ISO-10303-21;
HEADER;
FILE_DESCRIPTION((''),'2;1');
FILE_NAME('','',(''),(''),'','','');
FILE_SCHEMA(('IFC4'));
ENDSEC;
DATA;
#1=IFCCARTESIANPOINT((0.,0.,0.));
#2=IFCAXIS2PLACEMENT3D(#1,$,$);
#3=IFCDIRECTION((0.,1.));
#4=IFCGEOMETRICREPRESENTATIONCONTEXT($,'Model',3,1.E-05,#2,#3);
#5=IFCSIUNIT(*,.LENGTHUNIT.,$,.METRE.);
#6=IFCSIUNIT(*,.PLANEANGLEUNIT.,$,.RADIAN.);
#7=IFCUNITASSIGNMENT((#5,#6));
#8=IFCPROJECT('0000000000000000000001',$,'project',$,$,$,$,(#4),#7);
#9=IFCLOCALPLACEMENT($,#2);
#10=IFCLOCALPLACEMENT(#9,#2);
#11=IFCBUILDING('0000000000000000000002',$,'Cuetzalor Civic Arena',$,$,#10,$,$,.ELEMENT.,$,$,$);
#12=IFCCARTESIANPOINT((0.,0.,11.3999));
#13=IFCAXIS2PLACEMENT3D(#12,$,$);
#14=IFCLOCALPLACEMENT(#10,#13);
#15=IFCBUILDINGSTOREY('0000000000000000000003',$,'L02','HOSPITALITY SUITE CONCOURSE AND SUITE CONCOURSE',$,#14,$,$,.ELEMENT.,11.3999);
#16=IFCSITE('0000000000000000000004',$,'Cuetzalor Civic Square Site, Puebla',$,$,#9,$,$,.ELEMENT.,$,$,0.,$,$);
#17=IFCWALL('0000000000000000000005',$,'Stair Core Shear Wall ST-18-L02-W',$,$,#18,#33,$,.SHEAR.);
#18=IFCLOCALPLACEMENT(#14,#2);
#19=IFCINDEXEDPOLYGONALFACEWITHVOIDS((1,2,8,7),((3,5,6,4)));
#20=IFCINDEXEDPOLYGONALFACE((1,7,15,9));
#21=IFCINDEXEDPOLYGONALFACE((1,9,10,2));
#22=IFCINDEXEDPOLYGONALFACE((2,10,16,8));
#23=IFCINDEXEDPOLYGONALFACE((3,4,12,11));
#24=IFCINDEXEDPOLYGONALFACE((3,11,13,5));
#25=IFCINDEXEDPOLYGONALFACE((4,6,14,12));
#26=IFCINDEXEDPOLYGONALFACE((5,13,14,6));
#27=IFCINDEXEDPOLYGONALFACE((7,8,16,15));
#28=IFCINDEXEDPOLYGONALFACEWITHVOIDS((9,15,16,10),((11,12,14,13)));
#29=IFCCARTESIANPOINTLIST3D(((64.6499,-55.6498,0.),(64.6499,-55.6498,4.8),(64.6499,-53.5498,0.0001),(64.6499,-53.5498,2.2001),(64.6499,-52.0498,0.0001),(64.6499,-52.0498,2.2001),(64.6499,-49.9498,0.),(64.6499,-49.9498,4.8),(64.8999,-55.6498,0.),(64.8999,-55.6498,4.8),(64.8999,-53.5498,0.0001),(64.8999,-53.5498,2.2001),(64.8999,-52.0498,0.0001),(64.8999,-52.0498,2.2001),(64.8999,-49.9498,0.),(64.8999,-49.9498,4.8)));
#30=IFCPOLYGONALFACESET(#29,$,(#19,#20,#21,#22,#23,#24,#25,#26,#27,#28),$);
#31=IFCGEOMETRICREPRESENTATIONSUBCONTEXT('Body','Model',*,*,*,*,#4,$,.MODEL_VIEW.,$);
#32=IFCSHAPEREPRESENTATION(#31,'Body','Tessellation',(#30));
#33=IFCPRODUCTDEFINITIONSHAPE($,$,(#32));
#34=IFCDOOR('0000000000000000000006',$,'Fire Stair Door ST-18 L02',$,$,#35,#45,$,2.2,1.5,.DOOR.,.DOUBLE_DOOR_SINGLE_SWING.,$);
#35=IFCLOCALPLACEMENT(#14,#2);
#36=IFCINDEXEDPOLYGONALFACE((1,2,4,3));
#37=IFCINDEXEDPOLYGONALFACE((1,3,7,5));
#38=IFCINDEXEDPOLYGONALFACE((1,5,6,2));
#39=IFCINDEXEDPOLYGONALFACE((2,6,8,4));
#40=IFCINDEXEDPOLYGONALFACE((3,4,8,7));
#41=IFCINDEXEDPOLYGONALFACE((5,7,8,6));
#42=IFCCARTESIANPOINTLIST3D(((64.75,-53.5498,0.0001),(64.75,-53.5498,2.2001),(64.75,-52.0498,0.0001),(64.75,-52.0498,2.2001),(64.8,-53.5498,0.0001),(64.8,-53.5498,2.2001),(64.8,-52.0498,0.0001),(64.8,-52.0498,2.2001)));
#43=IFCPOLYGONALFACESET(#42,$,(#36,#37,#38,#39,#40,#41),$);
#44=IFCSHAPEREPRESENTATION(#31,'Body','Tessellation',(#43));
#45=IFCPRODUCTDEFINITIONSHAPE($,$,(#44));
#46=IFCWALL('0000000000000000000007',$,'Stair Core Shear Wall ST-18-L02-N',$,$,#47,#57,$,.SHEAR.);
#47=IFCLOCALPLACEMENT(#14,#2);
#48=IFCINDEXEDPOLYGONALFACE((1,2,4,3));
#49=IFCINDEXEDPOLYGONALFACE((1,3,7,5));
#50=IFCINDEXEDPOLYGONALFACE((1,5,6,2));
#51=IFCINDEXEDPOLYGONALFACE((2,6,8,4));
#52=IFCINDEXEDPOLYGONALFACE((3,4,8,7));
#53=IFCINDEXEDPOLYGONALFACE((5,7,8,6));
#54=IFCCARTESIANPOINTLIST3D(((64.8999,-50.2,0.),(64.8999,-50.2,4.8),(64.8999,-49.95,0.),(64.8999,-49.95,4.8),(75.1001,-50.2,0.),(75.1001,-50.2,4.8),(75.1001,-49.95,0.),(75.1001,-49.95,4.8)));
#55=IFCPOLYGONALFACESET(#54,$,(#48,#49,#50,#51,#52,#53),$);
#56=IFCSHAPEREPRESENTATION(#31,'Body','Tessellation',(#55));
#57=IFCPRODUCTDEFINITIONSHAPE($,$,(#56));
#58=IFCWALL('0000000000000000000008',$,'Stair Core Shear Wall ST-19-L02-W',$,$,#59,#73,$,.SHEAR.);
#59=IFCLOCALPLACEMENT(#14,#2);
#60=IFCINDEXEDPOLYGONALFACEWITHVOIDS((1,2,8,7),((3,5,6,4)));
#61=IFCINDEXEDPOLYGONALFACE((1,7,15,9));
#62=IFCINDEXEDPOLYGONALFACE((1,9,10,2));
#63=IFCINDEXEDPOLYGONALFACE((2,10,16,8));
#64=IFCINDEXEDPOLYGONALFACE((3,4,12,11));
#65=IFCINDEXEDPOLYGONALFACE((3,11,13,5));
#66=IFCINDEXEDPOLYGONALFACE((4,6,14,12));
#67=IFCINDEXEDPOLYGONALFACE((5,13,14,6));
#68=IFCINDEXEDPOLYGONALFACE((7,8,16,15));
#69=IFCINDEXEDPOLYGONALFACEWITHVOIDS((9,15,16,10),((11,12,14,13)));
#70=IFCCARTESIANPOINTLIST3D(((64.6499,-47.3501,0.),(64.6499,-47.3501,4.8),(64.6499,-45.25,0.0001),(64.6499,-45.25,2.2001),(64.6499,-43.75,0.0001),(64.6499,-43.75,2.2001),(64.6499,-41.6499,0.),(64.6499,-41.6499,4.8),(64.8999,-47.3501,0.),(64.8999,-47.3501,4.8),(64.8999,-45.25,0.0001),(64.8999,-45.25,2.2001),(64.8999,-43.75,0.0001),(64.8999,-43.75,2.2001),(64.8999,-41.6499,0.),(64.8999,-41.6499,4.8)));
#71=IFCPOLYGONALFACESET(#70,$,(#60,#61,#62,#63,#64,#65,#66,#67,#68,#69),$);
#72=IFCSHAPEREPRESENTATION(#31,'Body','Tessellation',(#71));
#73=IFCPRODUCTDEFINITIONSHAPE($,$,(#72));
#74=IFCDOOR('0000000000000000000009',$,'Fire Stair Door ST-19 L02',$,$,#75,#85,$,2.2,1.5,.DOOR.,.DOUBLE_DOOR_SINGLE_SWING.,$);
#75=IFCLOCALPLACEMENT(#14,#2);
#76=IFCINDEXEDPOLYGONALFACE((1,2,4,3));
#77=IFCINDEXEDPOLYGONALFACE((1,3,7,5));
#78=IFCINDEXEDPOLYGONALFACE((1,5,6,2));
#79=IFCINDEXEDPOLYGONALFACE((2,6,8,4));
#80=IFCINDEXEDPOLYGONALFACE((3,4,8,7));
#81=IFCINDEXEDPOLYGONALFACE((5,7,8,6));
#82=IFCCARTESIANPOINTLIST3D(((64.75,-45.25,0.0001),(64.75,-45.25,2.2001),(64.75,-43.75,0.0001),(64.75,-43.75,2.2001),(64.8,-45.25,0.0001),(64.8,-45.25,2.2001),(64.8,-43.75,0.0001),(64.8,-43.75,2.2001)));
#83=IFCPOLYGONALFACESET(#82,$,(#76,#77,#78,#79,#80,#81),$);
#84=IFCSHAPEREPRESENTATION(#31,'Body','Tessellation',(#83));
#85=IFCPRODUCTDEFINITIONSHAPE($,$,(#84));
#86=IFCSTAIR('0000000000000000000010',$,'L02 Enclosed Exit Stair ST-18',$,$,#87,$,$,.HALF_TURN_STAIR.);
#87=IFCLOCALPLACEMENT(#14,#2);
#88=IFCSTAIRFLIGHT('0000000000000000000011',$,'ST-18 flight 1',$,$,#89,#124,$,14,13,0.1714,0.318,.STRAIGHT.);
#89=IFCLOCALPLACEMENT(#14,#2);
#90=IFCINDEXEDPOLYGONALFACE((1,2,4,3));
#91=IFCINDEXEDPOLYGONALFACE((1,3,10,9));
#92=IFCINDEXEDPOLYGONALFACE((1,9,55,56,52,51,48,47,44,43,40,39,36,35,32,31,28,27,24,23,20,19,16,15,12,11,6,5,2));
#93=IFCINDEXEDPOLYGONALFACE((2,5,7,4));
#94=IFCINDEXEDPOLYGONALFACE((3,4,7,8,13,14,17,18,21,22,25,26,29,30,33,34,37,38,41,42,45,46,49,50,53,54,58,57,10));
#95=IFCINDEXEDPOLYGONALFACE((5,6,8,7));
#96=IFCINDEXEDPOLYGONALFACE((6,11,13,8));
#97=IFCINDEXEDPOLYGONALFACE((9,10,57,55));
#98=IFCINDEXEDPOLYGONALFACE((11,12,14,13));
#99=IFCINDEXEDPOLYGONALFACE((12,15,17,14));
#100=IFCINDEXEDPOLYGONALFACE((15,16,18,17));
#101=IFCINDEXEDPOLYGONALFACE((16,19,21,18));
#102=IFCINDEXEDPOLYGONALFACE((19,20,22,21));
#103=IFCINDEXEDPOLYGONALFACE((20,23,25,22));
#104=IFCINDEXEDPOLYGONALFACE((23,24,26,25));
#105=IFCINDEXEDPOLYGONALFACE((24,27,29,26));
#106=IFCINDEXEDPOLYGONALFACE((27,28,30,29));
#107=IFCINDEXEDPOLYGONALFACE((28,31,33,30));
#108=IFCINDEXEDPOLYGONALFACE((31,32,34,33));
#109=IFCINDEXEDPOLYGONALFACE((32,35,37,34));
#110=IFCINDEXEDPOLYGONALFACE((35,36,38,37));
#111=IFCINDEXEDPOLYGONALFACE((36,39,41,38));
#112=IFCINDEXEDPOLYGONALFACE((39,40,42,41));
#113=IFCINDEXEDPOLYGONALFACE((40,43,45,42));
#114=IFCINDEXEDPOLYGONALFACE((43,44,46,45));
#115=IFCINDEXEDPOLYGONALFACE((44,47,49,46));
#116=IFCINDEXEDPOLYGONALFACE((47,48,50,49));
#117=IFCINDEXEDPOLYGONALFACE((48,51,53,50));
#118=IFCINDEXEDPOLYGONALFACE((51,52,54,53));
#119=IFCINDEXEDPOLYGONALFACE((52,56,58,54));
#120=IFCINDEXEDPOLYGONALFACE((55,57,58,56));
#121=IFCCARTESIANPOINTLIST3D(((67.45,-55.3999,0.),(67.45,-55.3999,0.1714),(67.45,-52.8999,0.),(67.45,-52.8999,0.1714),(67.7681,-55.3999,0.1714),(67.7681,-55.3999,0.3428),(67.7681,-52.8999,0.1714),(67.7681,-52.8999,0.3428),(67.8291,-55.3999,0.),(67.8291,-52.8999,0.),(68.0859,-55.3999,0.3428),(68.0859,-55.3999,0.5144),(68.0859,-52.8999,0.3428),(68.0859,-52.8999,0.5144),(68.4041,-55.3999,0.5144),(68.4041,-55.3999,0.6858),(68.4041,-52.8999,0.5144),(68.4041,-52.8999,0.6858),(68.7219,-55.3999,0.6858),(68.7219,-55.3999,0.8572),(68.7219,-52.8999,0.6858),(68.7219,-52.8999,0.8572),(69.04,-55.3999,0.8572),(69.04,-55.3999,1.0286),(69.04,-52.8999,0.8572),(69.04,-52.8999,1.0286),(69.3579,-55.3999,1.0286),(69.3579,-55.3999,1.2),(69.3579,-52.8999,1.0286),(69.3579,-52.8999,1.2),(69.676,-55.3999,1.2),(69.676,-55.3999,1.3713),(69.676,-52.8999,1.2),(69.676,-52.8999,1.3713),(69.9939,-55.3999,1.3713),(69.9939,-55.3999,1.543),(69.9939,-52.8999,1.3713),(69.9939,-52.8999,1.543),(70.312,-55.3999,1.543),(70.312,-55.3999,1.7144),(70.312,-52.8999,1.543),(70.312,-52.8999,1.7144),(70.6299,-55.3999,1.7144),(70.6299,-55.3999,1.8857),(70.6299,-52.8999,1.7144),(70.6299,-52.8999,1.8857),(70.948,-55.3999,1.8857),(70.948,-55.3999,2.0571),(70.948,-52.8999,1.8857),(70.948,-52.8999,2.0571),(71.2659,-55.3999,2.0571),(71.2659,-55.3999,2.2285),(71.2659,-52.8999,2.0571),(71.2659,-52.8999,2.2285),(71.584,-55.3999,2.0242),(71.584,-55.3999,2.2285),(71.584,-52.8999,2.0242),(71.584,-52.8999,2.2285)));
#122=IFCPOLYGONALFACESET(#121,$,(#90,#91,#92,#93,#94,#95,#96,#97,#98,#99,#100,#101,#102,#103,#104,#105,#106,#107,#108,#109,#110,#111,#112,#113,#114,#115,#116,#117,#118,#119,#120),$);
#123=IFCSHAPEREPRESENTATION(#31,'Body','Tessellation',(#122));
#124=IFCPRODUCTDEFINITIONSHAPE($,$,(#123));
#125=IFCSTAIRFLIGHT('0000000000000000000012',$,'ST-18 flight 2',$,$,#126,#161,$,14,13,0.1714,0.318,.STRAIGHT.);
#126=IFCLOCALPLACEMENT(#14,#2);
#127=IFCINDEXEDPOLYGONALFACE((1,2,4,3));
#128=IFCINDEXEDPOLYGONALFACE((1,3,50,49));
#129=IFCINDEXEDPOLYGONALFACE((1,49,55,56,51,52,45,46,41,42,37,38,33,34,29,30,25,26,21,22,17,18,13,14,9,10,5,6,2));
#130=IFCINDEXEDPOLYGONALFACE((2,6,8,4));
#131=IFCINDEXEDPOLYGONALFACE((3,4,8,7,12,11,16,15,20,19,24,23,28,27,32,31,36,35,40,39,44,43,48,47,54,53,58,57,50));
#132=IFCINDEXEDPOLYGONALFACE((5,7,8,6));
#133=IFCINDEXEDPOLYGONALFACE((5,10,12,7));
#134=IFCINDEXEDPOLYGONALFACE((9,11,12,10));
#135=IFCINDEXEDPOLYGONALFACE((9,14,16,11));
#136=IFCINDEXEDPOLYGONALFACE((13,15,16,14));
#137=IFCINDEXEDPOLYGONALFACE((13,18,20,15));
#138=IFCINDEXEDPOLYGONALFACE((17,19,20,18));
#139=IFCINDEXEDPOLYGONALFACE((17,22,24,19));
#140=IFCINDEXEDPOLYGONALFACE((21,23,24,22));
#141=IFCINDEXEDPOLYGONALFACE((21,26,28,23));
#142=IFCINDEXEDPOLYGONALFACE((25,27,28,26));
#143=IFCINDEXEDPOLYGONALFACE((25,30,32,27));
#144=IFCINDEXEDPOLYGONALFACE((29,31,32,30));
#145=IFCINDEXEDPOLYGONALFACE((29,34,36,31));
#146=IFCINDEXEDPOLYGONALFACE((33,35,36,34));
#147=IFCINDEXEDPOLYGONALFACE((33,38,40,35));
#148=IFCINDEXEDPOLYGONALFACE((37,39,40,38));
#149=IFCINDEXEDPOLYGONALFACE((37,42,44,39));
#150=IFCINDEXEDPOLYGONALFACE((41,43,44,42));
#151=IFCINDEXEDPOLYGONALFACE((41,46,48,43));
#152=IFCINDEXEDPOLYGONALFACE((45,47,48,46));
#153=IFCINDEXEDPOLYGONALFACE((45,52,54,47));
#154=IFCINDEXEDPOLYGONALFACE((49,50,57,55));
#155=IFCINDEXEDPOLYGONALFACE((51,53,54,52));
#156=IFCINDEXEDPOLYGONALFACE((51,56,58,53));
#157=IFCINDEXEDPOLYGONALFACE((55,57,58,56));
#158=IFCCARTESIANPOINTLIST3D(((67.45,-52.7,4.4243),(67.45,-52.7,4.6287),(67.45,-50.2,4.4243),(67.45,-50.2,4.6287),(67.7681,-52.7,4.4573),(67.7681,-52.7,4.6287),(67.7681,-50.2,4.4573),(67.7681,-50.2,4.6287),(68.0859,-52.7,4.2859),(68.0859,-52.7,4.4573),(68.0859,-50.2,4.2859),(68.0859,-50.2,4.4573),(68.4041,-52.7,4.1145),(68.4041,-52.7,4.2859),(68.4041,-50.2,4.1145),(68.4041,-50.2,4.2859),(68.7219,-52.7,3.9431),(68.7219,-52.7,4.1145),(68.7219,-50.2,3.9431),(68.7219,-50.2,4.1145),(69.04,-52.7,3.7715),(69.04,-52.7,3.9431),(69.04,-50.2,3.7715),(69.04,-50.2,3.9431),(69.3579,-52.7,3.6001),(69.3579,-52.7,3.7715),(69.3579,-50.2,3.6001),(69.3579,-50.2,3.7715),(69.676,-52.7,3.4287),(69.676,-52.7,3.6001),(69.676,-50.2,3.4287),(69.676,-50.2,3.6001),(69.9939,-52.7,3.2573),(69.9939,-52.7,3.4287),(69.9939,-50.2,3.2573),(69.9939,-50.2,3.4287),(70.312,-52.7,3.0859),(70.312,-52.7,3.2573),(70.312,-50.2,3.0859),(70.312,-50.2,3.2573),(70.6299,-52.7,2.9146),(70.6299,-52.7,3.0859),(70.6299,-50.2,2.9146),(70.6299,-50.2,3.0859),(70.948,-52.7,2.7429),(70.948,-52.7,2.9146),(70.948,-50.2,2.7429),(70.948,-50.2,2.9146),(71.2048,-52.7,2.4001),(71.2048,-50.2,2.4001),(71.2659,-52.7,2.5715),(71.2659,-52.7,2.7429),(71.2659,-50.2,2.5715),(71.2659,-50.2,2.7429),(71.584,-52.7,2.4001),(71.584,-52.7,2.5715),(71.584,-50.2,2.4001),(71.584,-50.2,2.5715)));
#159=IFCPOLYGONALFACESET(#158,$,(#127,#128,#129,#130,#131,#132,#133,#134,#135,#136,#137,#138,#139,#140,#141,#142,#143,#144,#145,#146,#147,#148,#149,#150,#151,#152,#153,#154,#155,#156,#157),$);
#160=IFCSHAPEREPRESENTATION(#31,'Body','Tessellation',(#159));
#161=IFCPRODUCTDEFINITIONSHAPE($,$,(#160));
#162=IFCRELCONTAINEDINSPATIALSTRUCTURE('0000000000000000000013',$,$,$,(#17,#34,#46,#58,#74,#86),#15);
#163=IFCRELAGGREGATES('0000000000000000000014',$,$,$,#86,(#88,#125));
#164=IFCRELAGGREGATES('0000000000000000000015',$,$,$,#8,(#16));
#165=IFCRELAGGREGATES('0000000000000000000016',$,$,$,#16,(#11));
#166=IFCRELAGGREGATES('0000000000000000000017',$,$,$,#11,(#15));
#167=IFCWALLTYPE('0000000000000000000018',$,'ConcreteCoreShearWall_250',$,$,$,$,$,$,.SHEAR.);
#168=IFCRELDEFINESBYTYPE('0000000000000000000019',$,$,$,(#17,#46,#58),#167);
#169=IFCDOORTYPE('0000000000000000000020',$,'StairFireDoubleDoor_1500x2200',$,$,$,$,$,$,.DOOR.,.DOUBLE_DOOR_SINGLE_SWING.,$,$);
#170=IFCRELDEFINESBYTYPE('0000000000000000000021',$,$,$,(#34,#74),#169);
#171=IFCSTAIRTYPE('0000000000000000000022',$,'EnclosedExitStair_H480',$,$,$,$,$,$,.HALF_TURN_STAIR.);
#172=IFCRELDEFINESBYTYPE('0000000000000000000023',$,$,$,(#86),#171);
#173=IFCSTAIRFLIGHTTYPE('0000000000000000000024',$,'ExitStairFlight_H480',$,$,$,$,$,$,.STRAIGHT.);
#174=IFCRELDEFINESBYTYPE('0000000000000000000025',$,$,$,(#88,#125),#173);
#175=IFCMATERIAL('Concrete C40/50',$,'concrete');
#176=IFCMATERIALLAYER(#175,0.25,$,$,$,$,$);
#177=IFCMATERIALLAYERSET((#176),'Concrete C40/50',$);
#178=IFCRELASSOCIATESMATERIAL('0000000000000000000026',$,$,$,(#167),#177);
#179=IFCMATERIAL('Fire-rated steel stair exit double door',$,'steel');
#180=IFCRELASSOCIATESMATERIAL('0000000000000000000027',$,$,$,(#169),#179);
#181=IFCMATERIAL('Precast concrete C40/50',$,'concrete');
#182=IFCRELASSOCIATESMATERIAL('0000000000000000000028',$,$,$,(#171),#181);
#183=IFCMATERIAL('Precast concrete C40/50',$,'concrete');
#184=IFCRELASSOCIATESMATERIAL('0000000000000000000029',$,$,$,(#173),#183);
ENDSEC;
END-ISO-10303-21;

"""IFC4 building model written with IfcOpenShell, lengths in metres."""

from ifc_helpers import new_model, si_unit, direction, frame, frame_2d, origin, place, context, subcontext, project, spatial, polyline, rectangle, outline, extrude, material, layer, layer_set, type_object, element, fill, aggregate, save


model = new_model("IFC4")

# Units and contexts
model_context = context("Model", 3, precision=1e-05, world=origin(), true_north=direction((0.0, 1.0)))
body_context = subcontext(model_context, "Body", "Model", "MODEL_VIEW")
ifc_project = project(units=[si_unit("LENGTHUNIT", "METRE"), si_unit("PLANEANGLEUNIT", "RADIAN")], contexts=[model_context])

# Site, building, storey
site_placement = place(None, origin())
site = spatial("IfcSite", under=ifc_project, at=site_placement, Name="Cuetzalor Civic Square Site, Puebla", CompositionType="ELEMENT", RefElevation=0.0)
building_placement = place(site_placement, origin())
building = spatial("IfcBuilding", under=site, at=building_placement, Name="Cuetzalor Civic Arena", CompositionType="ELEMENT")
storey_placement = place(building_placement, frame((0.0, 0.0, 11.3999)))
storey = spatial("IfcBuildingStorey", under=building, at=storey_placement, Name="L02", Description="HOSPITALITY SUITE CONCOURSE AND SUITE CONCOURSE", CompositionType="ELEMENT", Elevation=11.3999)

# Wall, opening, door
ifc_material_1 = material(Name="Concrete C40/50", Category="concrete")
ifc_layer = layer(ifc_material_1, 0.25)
ifc_layer_set = layer_set([ifc_layer], Name="Concrete C40/50")
wall_type = type_object("IfcWallType", Name="ConcreteCoreShearWall_250", PredefinedType="SHEAR", material=ifc_layer_set)
wall_1_placement = place(storey_placement, frame((64.7749, -55.6499, 0.0), z_axis=(0.0, 0.0, 1.0), x_axis=(0.0, 1.0, 0.0)))
wall_1 = element("IfcWall", 1, at=wall_1_placement, inside=storey, type_object=wall_type, Name="Stair Core Shear Wall ST-18-L02-W", PredefinedType="SHEAR", context=body_context, shape_type="SweptSolid", body=[
    extrude(rectangle(XDim=5.7, YDim=0.25, at=frame_2d((2.8501, 0.0))), origin(), (0.0, 0.0, 1.0), 4.8),
])
opening_1_placement = place(wall_1_placement, frame((2.1001, 0.0, 0.0)))
opening_1 = element("IfcOpeningElement", 2, at=opening_1_placement, cuts=wall_1, PredefinedType="OPENING", context=body_context, shape_type="SweptSolid", body=[
    extrude(rectangle(XDim=1.5, YDim=2.2, at=frame_2d((0.75, 1.1001))), frame((0.0, 0.135, 0.0), z_axis=(0.0, -1.0, 0.0), x_axis=(1.0, 0.0, 0.0)), (0.0, 0.0, 1.0), 0.27),
])
ifc_material_2 = material(Name="Fire-rated steel stair exit double door", Category="steel")
door_type = type_object("IfcDoorType", Name="StairFireDoubleDoor_1500x2200", OperationType="DOUBLE_DOOR_SINGLE_SWING", PredefinedType="DOOR", material=ifc_material_2)
door_1_placement = place(opening_1_placement, origin())
door_1 = element("IfcDoor", 3, at=door_1_placement, inside=storey, type_object=door_type, Name="Fire Stair Door ST-18 L02", OperationType="DOUBLE_DOOR_SINGLE_SWING", OverallHeight=2.2, OverallWidth=1.5, PredefinedType="DOOR", context=body_context, shape_type="SweptSolid", body=[
    extrude(rectangle(XDim=1.5, YDim=2.2, at=frame_2d((0.75, 1.1001))), frame((0.0, 0.0249, 0.0), z_axis=(0.0, -1.0, 0.0), x_axis=(1.0, 0.0, 0.0)), (0.0, 0.0, 1.0), 0.05),
])
fill(opening_1, door_1)

# Wall
wall_2_placement = place(storey_placement, frame((64.8999, -50.075, 0.0), z_axis=(0.0, 0.0, 1.0), x_axis=(1.0, 0.0, 0.0)))
element("IfcWall", 4, at=wall_2_placement, inside=storey, type_object=wall_type, Name="Stair Core Shear Wall ST-18-L02-N", PredefinedType="SHEAR", context=body_context, shape_type="SweptSolid", body=[
    extrude(rectangle(XDim=10.2002, YDim=0.25, at=frame_2d((5.1001, 0.0))), origin(), (0.0, 0.0, 1.0), 4.8),
])

# Wall, opening, door
wall_3_placement = place(storey_placement, frame((64.7749, -47.3501, 0.0), z_axis=(0.0, 0.0, 1.0), x_axis=(0.0, 1.0, 0.0)))
wall_3 = element("IfcWall", 5, at=wall_3_placement, inside=storey, type_object=wall_type, Name="Stair Core Shear Wall ST-19-L02-W", PredefinedType="SHEAR", context=body_context, shape_type="SweptSolid", body=[
    extrude(rectangle(XDim=5.7002, YDim=0.25, at=frame_2d((2.8501, 0.0))), origin(), (0.0, 0.0, 1.0), 4.8),
])
opening_2_placement = place(wall_3_placement, frame((2.1001, 0.0, 0.0)))
opening_2 = element("IfcOpeningElement", 6, at=opening_2_placement, cuts=wall_3, PredefinedType="OPENING", context=body_context, shape_type="SweptSolid", body=[
    extrude(rectangle(XDim=1.5, YDim=2.2, at=frame_2d((0.75, 1.1001))), frame((0.0, 0.135, 0.0), z_axis=(0.0, -1.0, 0.0), x_axis=(1.0, 0.0, 0.0)), (0.0, 0.0, 1.0), 0.27),
])
door_2_placement = place(opening_2_placement, origin())
door_2 = element("IfcDoor", 7, at=door_2_placement, inside=storey, type_object=door_type, Name="Fire Stair Door ST-19 L02", OperationType="DOUBLE_DOOR_SINGLE_SWING", OverallHeight=2.2, OverallWidth=1.5, PredefinedType="DOOR", context=body_context, shape_type="SweptSolid", body=[
    extrude(rectangle(XDim=1.5, YDim=2.2, at=frame_2d((0.75, 1.1001))), frame((0.0, 0.0249, 0.0), z_axis=(0.0, -1.0, 0.0), x_axis=(1.0, 0.0, 0.0)), (0.0, 0.0, 1.0), 0.05),
])
fill(opening_2, door_2)

# Stair, stair flights
ifc_material_3 = material(Name="Precast concrete C40/50", Category="concrete")
stair_type = type_object("IfcStairType", Name="EnclosedExitStair_H480", PredefinedType="HALF_TURN_STAIR", material=ifc_material_3)
stair_1_placement = place(storey_placement, origin())
stair_1 = element("IfcStair", 8, at=stair_1_placement, inside=storey, type_object=stair_type, Name="L02 Enclosed Exit Stair ST-18", PredefinedType="HALF_TURN_STAIR")
ifc_material_4 = material(Name="Precast concrete C40/50", Category="concrete")
stair_flight_type = type_object("IfcStairFlightType", Name="ExitStairFlight_H480", PredefinedType="STRAIGHT", material=ifc_material_4)
stair_flight_1_placement = place(storey_placement, frame((67.45, -54.1499, 0.0), z_axis=(0.0, 0.0, 1.0), x_axis=(1.0, 0.0, 0.0)))
stair_flight_1 = element("IfcStairFlight", 9, at=stair_flight_1_placement, type_object=stair_flight_type, Name="ST-18 flight 1", NumberOfRisers=14, NumberOfTreads=13, PredefinedType="STRAIGHT", RiserHeight=0.1714, TreadLength=0.318, context=body_context, shape_type="SweptSolid", body=[
    extrude(outline(polyline([(0.0, 0.0), (0.0, 0.1714), (0.3181, 0.1714), (0.3181, 0.3428), (0.636, 0.3428), (0.636, 0.5144), (0.9541, 0.5144), (0.9541, 0.6858), (1.272, 0.6858), (1.272, 0.8572), (1.5901, 0.8572), (1.5901, 1.0286), (1.908, 1.0286), (1.908, 1.2), (2.2261, 1.2), (2.2261, 1.3713), (2.5439, 1.3713), (2.5439, 1.543), (2.8621, 1.543), (2.8621, 1.7144), (3.1799, 1.7144), (3.1799, 1.8857), (3.498, 1.8857), (3.498, 2.0571), (3.8159, 2.0571), (3.8159, 2.2285), (4.134, 2.2285), (4.134, 2.3999), (4.134, 2.0242), (0.3792, 0.0), (0.0, 0.0)])), frame((0.0, 1.25, 0.0), z_axis=(0.0, -1.0, 0.0), x_axis=(1.0, 0.0, 0.0)), (0.0, 0.0, 1.0), 2.5),
])
stair_flight_2_placement = place(storey_placement, frame((71.584, -51.45, 2.4001), z_axis=(0.0, 0.0, 1.0), x_axis=(-1.0, 0.0, 0.0)))
stair_flight_2 = element("IfcStairFlight", 10, at=stair_flight_2_placement, type_object=stair_flight_type, Name="ST-18 flight 2", NumberOfRisers=14, NumberOfTreads=13, PredefinedType="STRAIGHT", RiserHeight=0.1714, TreadLength=0.318, context=body_context, shape_type="SweptSolid", body=[
    extrude(outline(polyline([(0.0, 0.0), (0.0, 0.1714), (0.3181, 0.1714), (0.3181, 0.3428), (0.636, 0.3428), (0.636, 0.5144), (0.9541, 0.5144), (0.9541, 0.6858), (1.272, 0.6858), (1.272, 0.8572), (1.5901, 0.8572), (1.5901, 1.0286), (1.908, 1.0286), (1.908, 1.2), (2.2261, 1.2), (2.2261, 1.3713), (2.5439, 1.3713), (2.5439, 1.543), (2.8621, 1.543), (2.8621, 1.7144), (3.1799, 1.7144), (3.1799, 1.8857), (3.498, 1.8857), (3.498, 2.0571), (3.8159, 2.0571), (3.8159, 2.2285), (4.134, 2.2285), (4.134, 2.3999), (4.134, 2.0242), (0.3792, 0.0), (0.0, 0.0)])), frame((0.0, 1.25, 0.0), z_axis=(0.0, -1.0, 0.0), x_axis=(1.0, 0.0, 0.0)), (0.0, 0.0, 1.0), 2.5),
])
aggregate(stair_1, [stair_flight_1, stair_flight_2])

save(model, "model.ifc")
